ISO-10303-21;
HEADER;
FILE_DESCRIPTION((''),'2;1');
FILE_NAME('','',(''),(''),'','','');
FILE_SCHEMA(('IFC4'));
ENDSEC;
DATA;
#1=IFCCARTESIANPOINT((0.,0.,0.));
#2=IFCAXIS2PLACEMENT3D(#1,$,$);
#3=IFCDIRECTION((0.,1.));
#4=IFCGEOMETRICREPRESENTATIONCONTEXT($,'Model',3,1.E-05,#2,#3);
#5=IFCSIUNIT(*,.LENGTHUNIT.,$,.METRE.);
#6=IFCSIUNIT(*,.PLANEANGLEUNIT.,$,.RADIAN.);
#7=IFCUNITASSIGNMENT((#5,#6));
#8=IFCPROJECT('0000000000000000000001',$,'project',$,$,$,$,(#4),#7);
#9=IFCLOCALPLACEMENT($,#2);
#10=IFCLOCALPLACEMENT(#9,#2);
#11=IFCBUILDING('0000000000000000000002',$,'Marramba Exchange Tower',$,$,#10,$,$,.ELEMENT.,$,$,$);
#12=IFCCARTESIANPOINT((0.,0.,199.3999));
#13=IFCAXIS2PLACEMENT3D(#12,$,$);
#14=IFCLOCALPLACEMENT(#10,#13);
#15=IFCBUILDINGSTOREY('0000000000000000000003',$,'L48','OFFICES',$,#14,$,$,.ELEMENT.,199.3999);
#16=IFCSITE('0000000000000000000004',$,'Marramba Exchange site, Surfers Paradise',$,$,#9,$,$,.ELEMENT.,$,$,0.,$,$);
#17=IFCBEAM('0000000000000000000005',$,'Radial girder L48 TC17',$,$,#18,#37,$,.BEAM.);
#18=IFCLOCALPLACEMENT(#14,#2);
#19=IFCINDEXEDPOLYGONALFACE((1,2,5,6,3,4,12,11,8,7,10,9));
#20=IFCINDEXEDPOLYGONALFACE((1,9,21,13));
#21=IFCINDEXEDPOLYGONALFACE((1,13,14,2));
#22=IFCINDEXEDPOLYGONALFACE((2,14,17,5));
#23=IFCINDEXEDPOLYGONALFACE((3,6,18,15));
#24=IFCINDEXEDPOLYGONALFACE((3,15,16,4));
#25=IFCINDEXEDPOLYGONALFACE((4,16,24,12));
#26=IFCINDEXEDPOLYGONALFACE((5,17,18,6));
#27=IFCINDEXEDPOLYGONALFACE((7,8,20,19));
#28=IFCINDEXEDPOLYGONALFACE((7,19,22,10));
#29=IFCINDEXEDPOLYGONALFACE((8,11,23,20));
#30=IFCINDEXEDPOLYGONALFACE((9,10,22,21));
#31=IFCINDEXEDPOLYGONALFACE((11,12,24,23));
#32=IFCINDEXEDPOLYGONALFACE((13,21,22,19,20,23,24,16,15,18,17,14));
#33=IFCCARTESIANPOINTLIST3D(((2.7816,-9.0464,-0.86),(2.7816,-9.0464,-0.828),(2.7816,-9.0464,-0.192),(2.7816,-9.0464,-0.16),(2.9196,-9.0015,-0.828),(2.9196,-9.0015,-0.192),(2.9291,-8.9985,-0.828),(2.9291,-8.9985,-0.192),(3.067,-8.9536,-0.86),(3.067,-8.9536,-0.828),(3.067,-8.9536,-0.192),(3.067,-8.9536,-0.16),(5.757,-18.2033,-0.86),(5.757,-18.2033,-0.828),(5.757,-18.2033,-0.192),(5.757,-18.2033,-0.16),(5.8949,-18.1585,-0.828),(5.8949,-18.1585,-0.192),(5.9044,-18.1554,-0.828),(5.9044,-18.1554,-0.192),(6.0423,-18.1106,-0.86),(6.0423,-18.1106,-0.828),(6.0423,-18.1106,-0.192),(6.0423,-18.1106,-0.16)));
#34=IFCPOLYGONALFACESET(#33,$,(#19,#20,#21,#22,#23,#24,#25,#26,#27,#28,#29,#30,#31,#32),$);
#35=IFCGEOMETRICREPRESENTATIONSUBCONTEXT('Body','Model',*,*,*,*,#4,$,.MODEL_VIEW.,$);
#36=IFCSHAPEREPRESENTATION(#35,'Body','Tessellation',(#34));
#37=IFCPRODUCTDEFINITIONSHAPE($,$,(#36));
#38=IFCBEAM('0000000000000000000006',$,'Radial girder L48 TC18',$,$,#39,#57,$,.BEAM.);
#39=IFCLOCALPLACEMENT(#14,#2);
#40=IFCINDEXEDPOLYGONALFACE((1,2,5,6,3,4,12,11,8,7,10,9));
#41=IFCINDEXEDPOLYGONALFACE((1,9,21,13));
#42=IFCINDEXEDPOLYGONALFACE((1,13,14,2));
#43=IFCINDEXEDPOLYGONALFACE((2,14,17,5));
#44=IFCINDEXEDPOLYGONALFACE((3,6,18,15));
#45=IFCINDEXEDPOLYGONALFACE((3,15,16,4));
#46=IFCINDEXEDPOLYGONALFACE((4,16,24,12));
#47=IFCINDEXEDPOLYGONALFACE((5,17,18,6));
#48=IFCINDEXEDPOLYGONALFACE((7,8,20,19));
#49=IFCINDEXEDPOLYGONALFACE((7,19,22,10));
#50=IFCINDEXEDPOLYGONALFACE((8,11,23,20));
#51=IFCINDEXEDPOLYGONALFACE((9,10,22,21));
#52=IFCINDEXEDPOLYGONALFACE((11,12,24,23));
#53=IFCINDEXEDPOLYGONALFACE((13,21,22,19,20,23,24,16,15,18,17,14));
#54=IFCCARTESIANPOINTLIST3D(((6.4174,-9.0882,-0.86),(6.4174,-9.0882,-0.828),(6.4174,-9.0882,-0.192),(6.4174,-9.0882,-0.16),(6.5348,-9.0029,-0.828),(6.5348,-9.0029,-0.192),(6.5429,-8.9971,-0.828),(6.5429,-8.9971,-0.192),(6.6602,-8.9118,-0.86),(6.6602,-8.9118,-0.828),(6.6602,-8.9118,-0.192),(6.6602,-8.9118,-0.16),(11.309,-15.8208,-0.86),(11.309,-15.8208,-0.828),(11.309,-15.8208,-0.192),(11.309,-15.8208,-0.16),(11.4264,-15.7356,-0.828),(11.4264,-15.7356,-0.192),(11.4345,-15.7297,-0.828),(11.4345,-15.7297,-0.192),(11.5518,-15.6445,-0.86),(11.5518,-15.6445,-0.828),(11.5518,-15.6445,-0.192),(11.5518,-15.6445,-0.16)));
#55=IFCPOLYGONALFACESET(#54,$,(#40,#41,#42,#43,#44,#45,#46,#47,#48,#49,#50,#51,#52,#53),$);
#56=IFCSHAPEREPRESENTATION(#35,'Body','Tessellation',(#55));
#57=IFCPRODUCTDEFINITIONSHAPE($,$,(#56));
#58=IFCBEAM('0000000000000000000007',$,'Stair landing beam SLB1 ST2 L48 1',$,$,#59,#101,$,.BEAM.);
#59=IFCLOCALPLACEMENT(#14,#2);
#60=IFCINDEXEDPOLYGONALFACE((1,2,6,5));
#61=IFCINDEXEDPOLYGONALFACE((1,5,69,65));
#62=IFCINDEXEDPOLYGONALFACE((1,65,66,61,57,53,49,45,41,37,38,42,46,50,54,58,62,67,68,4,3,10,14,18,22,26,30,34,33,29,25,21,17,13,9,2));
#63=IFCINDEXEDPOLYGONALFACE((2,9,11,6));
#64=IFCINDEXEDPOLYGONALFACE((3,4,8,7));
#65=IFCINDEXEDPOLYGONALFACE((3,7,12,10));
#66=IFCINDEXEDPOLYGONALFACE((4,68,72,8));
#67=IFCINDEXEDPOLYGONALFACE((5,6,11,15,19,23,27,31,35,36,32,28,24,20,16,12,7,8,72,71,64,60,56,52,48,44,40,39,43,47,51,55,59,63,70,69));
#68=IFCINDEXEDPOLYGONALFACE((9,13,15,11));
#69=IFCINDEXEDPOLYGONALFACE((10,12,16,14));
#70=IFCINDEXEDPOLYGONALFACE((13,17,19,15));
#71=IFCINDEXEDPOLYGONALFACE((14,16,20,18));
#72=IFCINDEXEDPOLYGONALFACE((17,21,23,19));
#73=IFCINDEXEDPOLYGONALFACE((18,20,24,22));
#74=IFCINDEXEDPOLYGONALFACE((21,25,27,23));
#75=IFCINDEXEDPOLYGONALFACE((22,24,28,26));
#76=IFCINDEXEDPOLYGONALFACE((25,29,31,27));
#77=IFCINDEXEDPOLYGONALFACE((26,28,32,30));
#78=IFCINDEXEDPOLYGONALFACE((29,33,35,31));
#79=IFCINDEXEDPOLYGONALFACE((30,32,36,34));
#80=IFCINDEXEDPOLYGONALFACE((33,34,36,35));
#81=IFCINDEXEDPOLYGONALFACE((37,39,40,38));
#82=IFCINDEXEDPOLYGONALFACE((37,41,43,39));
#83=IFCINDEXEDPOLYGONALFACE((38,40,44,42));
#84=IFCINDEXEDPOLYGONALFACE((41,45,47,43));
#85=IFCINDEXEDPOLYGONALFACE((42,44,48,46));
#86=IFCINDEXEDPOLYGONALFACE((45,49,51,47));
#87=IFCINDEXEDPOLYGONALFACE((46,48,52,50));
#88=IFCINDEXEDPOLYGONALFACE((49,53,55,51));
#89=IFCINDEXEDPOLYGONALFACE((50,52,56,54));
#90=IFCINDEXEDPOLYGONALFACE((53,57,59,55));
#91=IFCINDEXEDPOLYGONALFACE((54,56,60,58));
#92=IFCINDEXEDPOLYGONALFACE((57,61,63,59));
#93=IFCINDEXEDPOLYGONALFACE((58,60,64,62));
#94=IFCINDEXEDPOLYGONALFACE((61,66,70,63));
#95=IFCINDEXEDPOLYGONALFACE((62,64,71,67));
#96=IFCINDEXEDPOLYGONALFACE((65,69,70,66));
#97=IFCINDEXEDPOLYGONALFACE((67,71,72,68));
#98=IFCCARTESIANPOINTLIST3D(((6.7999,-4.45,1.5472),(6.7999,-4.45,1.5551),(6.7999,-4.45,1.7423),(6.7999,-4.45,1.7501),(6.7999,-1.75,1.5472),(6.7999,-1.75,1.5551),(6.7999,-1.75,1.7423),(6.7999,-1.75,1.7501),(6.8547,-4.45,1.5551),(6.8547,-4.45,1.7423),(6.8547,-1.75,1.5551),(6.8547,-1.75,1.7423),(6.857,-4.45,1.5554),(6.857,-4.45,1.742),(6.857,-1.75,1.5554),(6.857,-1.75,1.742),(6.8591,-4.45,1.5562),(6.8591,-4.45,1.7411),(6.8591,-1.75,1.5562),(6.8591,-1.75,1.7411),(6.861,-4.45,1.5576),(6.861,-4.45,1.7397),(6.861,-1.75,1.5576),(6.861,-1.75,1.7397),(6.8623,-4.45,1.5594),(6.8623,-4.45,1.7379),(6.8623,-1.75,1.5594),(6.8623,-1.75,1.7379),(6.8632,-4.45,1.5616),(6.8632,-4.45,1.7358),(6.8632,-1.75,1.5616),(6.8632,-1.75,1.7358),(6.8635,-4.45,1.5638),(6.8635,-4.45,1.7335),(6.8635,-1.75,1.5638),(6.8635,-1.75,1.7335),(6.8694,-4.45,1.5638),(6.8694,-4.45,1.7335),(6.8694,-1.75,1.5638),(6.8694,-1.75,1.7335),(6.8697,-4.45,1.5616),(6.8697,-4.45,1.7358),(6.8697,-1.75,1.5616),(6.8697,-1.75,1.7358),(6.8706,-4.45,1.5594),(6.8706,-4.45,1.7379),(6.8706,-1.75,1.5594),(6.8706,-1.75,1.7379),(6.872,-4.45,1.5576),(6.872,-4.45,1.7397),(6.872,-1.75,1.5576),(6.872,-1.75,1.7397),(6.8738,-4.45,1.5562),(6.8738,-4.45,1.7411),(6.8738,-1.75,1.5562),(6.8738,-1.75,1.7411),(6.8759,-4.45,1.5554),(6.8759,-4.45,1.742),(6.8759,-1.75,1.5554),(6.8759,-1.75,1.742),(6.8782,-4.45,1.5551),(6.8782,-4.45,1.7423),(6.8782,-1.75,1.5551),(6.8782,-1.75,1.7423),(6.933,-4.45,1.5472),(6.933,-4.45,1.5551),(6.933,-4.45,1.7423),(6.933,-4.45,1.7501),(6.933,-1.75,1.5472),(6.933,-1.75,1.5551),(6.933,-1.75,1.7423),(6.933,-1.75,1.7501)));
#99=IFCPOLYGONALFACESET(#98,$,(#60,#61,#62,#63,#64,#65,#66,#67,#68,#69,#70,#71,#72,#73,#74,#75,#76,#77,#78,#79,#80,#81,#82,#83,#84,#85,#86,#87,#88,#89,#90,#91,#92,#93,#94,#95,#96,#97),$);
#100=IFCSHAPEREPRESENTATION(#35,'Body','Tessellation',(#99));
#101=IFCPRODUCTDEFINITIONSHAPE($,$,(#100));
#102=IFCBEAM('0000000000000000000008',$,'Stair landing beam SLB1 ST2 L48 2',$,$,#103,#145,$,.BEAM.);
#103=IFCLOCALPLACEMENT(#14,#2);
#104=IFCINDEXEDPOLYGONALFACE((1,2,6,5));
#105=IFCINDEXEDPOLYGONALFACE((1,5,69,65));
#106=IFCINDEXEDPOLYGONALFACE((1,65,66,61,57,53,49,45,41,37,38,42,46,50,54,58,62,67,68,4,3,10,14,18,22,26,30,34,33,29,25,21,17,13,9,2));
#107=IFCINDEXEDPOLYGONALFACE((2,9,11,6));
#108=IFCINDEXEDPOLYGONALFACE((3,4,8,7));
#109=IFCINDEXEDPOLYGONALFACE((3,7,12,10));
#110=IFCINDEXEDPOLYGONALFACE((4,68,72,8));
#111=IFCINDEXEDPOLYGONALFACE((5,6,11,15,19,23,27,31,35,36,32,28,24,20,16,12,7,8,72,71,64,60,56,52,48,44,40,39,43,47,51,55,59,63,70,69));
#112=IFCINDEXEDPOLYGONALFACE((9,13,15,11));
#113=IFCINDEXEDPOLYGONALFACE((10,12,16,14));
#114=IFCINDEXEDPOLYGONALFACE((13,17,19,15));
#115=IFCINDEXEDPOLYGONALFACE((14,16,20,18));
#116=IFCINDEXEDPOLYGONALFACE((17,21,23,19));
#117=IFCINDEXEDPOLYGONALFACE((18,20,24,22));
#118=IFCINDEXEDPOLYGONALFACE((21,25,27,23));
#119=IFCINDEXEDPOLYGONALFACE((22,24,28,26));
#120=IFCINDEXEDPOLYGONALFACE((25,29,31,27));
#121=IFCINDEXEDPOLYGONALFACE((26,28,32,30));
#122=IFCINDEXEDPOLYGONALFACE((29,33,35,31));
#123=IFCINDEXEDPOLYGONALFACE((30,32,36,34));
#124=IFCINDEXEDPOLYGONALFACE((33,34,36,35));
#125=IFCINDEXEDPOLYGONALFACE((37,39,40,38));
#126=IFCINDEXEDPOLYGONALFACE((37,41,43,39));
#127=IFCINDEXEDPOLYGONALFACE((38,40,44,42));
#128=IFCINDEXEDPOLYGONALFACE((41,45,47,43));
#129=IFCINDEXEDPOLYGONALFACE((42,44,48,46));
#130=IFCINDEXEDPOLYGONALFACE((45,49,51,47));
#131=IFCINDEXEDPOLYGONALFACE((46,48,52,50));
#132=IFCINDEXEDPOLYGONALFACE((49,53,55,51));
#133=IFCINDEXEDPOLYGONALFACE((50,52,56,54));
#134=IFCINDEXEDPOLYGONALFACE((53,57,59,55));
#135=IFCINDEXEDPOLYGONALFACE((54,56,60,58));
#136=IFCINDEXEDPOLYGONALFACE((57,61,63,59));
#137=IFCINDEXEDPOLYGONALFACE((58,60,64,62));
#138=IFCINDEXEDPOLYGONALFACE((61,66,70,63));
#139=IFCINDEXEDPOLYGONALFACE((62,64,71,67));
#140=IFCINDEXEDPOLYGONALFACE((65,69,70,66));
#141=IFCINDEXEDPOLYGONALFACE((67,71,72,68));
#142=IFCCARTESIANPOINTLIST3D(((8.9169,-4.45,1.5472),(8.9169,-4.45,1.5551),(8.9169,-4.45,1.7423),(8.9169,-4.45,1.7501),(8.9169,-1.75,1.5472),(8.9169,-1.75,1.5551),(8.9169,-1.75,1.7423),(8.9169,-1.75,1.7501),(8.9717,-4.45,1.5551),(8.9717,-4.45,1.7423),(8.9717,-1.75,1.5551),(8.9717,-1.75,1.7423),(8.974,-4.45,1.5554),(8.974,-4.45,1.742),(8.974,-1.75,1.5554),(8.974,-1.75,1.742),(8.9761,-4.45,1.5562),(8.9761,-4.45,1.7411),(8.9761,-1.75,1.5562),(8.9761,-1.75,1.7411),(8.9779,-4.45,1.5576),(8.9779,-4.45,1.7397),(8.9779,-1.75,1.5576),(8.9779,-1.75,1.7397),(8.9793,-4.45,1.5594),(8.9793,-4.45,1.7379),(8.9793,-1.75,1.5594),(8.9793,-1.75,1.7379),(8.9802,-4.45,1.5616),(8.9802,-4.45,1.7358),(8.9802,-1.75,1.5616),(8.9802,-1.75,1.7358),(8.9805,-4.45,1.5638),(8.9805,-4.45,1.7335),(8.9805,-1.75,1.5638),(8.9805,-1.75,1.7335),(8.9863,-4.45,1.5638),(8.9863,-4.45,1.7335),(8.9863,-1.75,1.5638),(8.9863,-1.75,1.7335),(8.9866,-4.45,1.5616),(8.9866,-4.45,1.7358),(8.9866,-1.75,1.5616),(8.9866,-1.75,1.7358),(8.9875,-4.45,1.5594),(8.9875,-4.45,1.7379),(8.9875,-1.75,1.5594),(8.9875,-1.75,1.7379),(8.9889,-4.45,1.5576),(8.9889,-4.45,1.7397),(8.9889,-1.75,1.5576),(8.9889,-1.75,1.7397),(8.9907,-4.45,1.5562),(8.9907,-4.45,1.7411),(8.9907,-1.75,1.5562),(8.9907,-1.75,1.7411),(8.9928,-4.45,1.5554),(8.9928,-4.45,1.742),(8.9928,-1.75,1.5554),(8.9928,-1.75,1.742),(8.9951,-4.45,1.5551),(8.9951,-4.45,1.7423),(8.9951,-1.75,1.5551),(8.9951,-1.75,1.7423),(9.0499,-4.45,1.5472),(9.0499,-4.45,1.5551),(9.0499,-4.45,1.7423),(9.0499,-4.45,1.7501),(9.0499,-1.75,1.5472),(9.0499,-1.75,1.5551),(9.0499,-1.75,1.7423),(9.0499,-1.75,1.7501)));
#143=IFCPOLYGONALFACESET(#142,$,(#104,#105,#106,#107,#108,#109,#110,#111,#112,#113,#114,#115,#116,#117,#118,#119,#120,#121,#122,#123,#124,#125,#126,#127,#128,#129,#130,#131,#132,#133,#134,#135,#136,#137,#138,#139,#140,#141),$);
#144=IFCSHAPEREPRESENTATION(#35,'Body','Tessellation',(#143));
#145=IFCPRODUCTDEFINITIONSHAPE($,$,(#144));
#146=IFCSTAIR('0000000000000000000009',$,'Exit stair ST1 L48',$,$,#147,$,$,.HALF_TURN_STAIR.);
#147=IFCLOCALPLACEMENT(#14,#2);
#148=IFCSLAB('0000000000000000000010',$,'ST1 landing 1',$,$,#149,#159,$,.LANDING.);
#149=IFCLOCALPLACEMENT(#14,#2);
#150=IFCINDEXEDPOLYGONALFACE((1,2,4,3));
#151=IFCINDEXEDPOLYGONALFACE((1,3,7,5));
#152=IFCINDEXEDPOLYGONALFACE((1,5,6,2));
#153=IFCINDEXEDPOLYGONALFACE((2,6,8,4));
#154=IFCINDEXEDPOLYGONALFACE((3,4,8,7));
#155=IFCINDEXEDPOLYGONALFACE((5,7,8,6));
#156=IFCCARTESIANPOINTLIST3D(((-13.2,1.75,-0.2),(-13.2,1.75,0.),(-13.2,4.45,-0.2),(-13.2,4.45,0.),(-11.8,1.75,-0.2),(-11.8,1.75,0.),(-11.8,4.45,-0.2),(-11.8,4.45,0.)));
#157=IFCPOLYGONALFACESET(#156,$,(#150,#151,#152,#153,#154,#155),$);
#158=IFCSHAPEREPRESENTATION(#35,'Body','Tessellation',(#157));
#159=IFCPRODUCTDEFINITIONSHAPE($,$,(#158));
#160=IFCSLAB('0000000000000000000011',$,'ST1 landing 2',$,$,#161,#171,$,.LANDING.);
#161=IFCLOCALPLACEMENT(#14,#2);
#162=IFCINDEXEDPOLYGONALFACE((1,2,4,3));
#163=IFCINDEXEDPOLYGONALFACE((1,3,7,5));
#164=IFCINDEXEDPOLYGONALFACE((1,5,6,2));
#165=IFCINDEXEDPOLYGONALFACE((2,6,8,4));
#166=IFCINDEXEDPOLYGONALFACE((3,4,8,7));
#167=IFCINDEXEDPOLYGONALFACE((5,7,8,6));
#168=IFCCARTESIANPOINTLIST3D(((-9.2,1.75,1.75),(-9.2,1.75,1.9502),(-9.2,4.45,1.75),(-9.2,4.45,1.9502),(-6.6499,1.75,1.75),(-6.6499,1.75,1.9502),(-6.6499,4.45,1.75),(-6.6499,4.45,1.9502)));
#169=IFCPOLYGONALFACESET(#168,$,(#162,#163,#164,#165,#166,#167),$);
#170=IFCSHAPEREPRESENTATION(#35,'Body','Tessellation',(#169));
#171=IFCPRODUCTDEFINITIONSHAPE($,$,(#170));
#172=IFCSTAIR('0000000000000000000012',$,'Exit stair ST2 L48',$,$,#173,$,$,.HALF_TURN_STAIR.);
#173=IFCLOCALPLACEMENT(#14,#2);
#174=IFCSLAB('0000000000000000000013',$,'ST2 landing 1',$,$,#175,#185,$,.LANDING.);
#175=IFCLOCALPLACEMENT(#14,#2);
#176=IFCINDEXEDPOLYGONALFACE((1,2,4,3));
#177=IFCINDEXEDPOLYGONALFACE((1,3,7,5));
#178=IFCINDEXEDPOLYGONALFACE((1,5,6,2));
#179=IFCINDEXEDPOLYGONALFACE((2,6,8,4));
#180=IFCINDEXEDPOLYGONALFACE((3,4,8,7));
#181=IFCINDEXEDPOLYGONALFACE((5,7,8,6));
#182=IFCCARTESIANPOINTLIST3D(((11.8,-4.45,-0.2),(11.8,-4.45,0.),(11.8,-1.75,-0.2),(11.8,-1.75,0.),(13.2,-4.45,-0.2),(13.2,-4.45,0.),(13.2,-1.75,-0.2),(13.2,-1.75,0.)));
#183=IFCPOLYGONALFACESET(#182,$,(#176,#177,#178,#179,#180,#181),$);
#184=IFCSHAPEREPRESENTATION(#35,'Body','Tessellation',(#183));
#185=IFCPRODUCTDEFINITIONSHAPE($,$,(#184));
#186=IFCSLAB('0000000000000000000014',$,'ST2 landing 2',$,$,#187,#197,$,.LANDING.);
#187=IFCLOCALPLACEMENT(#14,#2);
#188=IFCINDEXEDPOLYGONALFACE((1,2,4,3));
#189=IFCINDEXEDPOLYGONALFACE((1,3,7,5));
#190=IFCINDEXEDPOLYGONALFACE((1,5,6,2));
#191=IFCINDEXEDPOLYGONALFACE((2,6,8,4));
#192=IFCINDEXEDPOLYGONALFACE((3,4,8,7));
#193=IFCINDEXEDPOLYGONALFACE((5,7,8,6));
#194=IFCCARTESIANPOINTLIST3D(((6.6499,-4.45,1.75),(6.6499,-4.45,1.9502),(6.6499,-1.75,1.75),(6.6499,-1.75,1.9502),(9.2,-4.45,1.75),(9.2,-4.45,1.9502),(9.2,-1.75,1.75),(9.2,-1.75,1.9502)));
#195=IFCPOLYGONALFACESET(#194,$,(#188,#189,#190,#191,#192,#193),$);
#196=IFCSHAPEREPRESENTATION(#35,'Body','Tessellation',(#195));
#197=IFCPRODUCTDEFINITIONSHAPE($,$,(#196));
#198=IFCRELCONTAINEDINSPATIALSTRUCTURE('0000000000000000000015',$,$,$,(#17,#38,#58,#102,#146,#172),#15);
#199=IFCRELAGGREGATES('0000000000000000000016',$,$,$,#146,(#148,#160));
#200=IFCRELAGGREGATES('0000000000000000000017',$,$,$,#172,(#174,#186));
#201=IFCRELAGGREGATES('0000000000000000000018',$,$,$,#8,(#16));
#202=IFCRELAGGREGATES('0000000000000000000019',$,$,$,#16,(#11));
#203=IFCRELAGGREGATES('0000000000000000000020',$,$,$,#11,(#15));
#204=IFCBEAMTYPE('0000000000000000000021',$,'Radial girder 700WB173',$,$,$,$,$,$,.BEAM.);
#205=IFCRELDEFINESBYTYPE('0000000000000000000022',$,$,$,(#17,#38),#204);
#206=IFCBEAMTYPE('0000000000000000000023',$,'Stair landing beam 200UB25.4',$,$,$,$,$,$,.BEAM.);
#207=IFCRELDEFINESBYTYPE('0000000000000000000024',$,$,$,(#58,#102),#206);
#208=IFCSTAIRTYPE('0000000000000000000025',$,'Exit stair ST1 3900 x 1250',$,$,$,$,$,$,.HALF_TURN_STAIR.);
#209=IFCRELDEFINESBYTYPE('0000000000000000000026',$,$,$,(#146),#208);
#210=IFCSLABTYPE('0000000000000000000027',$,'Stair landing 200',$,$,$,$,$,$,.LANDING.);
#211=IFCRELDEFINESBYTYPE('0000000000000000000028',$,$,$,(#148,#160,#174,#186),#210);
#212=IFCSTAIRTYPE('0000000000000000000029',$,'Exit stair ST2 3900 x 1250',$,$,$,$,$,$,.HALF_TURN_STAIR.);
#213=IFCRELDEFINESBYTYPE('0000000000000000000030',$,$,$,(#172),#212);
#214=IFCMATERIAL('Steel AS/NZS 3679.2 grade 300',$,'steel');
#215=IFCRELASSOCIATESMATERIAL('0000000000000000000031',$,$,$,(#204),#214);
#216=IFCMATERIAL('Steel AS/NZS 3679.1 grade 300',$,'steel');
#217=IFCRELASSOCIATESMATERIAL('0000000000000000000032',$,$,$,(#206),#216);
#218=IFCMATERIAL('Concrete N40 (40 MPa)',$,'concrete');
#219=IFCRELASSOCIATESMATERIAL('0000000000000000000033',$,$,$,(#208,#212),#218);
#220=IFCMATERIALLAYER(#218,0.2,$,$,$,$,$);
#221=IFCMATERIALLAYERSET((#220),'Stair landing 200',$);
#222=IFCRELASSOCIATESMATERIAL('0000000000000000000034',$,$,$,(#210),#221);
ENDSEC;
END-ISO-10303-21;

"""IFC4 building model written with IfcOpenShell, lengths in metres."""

from ifc_helpers import new_model, si_unit, direction, frame, origin, origin_2d, place, context, subcontext, project, spatial, polyline, i_section, outline, extrude, material, layer, layer_set, material_profile, profile_set, type_object, element, aggregate, save


model = new_model("IFC4")

# Units and contexts
model_context = context("Model", 3, precision=1e-05, world=origin(), true_north=direction((0.0, 1.0)))
body_context = subcontext(model_context, "Body", "Model", "MODEL_VIEW")
ifc_project = project(units=[si_unit("LENGTHUNIT", "METRE"), si_unit("PLANEANGLEUNIT", "RADIAN")], contexts=[model_context])

# Site, building, storey
site_placement = place(None, origin())
site = spatial("IfcSite", under=ifc_project, at=site_placement, Name="Marramba Exchange site, Surfers Paradise", CompositionType="ELEMENT", RefElevation=0.0)
building_placement = place(site_placement, origin())
building = spatial("IfcBuilding", under=site, at=building_placement, Name="Marramba Exchange Tower", CompositionType="ELEMENT")
storey_placement = place(building_placement, frame((0.0, 0.0, 199.3999)))
storey = spatial("IfcBuildingStorey", under=building, at=storey_placement, Name="L48", Description="OFFICES", CompositionType="ELEMENT", Elevation=199.3999)

# Beams
ifc_material_1 = material(Name="Steel AS/NZS 3679.2 grade 300", Category="steel")
ifc_material_profile_1 = material_profile(ifc_material_1, i_section(OverallWidth=0.3, OverallDepth=0.7, WebThickness=0.01, FlangeThickness=0.032, at=origin_2d()), Name="700WB173")
ifc_profile_set_1 = profile_set([ifc_material_profile_1], Name="Steel AS/NZS 3679.2 grade 300")
beam_type_1 = type_object("IfcBeamType", Name="Radial girder 700WB173", PredefinedType="BEAM", material=ifc_profile_set_1)
beam_1_placement = place(storey_placement, frame((2.9243, -9.0, -0.51), z_axis=(0.309022, -0.951055, 0.0), x_axis=(0.951055, 0.309022, 0.0)))
element("IfcBeam", 1, at=beam_1_placement, inside=storey, type_object=beam_type_1, Name="Radial girder L48 TC17", PredefinedType="BEAM", context=body_context, shape_type="SweptSolid", body=[
    extrude(i_section(OverallWidth=0.3, OverallDepth=0.7, WebThickness=0.01, FlangeThickness=0.032, at=origin_2d()), origin(), (0.0, 0.0, 1.0), 9.6282),
])
beam_2_placement = place(storey_placement, frame((6.5388, -9.0, -0.51), z_axis=(0.587788, -0.809015, 0.0), x_axis=(0.809015, 0.587788, 0.0)))
element("IfcBeam", 2, at=beam_2_placement, inside=storey, type_object=beam_type_1, Name="Radial girder L48 TC18", PredefinedType="BEAM", context=body_context, shape_type="SweptSolid", body=[
    extrude(i_section(OverallWidth=0.3, OverallDepth=0.7, WebThickness=0.01, FlangeThickness=0.032, at=origin_2d()), origin(), (0.0, 0.0, 1.0), 8.322),
])
ifc_material_2 = material(Name="Steel AS/NZS 3679.1 grade 300", Category="steel")
ifc_material_profile_2 = material_profile(ifc_material_2, i_section(OverallWidth=0.1331, OverallDepth=0.2029, WebThickness=0.0059, FlangeThickness=0.0078, FilletRadius=0.0088, at=origin_2d()), Name="200UB25.4")
ifc_profile_set_2 = profile_set([ifc_material_profile_2], Name="Steel AS/NZS 3679.1 grade 300")
beam_type_2 = type_object("IfcBeamType", Name="Stair landing beam 200UB25.4", PredefinedType="BEAM", material=ifc_profile_set_2)
for number, where, z_axis, x_axis, name in (
    (3, (6.8665, -4.45, 1.6487), (0.0, 1.0, 0.0), (-1.0, 0.0, 0.0), "Stair landing beam SLB1 ST2 L48 1"),
    (4, (8.9834, -4.45, 1.6487), (0.0, 1.0, 0.0), (-1.0, 0.0, 0.0), "Stair landing beam SLB1 ST2 L48 2"),
):
    element("IfcBeam", number, at=place(storey_placement, frame(where, z_axis=z_axis, x_axis=x_axis)), inside=storey, type_object=beam_type_2, Name=name, PredefinedType="BEAM", context=body_context, shape_type="SweptSolid", body=[
        extrude(i_section(OverallWidth=0.1331, OverallDepth=0.2029, WebThickness=0.0059, FlangeThickness=0.0078, FilletRadius=0.0088, at=origin_2d()), origin(), (0.0, 0.0, 1.0), 2.7),
    ])

# Stairs, slabs
ifc_material_3 = material(Name="Concrete N40 (40 MPa)", Category="concrete")
stair_type_1 = type_object("IfcStairType", Name="Exit stair ST1 3900 x 1250", PredefinedType="HALF_TURN_STAIR", material=ifc_material_3)
stair_1_placement = place(storey_placement, origin())
stair_1 = element("IfcStair", 5, at=stair_1_placement, inside=storey, type_object=stair_type_1, Name="Exit stair ST1 L48", PredefinedType="HALF_TURN_STAIR")
ifc_layer_1 = layer(ifc_material_3, 0.2)
ifc_layer_set_1 = layer_set([ifc_layer_1], Name="Stair landing 200")
slab_type = type_object("IfcSlabType", Name="Stair landing 200", PredefinedType="LANDING", material=ifc_layer_set_1)
slab_1_placement = place(storey_placement, frame((0.0, 0.0, -0.2)))
slab_1 = element("IfcSlab", 6, at=slab_1_placement, type_object=slab_type, Name="ST1 landing 1", PredefinedType="LANDING", context=body_context, shape_type="SweptSolid", body=[
    extrude(outline(polyline([(-13.2, 1.75), (-11.8, 1.75), (-11.8, 4.45), (-13.2, 4.45), (-13.2, 1.75)])), origin(), (0.0, 0.0, 1.0), 0.2),
])
slab_2_placement = place(storey_placement, frame((0.0, 0.0, 1.75)))
slab_2 = element("IfcSlab", 7, at=slab_2_placement, type_object=slab_type, Name="ST1 landing 2", PredefinedType="LANDING", context=body_context, shape_type="SweptSolid", body=[
    extrude(outline(polyline([(-9.2, 1.75), (-6.6499, 1.75), (-6.6499, 4.45), (-9.2, 4.45), (-9.2, 1.75)])), origin(), (0.0, 0.0, 1.0), 0.2002),
])
aggregate(stair_1, [slab_1, slab_2])
stair_type_2 = type_object("IfcStairType", Name="Exit stair ST2 3900 x 1250", PredefinedType="HALF_TURN_STAIR", material=ifc_material_3)
stair_2_placement = place(storey_placement, origin())
stair_2 = element("IfcStair", 8, at=stair_2_placement, inside=storey, type_object=stair_type_2, Name="Exit stair ST2 L48", PredefinedType="HALF_TURN_STAIR")
slab_3_placement = place(storey_placement, frame((0.0, 0.0, -0.2)))
slab_3 = element("IfcSlab", 9, at=slab_3_placement, type_object=slab_type, Name="ST2 landing 1", PredefinedType="LANDING", context=body_context, shape_type="SweptSolid", body=[
    extrude(outline(polyline([(11.8, -4.45), (13.2, -4.45), (13.2, -1.75), (11.8, -1.75), (11.8, -4.45)])), origin(), (0.0, 0.0, 1.0), 0.2),
])
slab_4_placement = place(storey_placement, frame((0.0, 0.0, 1.75)))
slab_4 = element("IfcSlab", 10, at=slab_4_placement, type_object=slab_type, Name="ST2 landing 2", PredefinedType="LANDING", context=body_context, shape_type="SweptSolid", body=[
    extrude(outline(polyline([(6.6499, -4.45), (9.2, -4.45), (9.2, -1.75), (6.6499, -1.75), (6.6499, -4.45)])), origin(), (0.0, 0.0, 1.0), 0.2002),
])

aggregate(stair_2, [slab_3, slab_4])

save(model, "model.ifc")
